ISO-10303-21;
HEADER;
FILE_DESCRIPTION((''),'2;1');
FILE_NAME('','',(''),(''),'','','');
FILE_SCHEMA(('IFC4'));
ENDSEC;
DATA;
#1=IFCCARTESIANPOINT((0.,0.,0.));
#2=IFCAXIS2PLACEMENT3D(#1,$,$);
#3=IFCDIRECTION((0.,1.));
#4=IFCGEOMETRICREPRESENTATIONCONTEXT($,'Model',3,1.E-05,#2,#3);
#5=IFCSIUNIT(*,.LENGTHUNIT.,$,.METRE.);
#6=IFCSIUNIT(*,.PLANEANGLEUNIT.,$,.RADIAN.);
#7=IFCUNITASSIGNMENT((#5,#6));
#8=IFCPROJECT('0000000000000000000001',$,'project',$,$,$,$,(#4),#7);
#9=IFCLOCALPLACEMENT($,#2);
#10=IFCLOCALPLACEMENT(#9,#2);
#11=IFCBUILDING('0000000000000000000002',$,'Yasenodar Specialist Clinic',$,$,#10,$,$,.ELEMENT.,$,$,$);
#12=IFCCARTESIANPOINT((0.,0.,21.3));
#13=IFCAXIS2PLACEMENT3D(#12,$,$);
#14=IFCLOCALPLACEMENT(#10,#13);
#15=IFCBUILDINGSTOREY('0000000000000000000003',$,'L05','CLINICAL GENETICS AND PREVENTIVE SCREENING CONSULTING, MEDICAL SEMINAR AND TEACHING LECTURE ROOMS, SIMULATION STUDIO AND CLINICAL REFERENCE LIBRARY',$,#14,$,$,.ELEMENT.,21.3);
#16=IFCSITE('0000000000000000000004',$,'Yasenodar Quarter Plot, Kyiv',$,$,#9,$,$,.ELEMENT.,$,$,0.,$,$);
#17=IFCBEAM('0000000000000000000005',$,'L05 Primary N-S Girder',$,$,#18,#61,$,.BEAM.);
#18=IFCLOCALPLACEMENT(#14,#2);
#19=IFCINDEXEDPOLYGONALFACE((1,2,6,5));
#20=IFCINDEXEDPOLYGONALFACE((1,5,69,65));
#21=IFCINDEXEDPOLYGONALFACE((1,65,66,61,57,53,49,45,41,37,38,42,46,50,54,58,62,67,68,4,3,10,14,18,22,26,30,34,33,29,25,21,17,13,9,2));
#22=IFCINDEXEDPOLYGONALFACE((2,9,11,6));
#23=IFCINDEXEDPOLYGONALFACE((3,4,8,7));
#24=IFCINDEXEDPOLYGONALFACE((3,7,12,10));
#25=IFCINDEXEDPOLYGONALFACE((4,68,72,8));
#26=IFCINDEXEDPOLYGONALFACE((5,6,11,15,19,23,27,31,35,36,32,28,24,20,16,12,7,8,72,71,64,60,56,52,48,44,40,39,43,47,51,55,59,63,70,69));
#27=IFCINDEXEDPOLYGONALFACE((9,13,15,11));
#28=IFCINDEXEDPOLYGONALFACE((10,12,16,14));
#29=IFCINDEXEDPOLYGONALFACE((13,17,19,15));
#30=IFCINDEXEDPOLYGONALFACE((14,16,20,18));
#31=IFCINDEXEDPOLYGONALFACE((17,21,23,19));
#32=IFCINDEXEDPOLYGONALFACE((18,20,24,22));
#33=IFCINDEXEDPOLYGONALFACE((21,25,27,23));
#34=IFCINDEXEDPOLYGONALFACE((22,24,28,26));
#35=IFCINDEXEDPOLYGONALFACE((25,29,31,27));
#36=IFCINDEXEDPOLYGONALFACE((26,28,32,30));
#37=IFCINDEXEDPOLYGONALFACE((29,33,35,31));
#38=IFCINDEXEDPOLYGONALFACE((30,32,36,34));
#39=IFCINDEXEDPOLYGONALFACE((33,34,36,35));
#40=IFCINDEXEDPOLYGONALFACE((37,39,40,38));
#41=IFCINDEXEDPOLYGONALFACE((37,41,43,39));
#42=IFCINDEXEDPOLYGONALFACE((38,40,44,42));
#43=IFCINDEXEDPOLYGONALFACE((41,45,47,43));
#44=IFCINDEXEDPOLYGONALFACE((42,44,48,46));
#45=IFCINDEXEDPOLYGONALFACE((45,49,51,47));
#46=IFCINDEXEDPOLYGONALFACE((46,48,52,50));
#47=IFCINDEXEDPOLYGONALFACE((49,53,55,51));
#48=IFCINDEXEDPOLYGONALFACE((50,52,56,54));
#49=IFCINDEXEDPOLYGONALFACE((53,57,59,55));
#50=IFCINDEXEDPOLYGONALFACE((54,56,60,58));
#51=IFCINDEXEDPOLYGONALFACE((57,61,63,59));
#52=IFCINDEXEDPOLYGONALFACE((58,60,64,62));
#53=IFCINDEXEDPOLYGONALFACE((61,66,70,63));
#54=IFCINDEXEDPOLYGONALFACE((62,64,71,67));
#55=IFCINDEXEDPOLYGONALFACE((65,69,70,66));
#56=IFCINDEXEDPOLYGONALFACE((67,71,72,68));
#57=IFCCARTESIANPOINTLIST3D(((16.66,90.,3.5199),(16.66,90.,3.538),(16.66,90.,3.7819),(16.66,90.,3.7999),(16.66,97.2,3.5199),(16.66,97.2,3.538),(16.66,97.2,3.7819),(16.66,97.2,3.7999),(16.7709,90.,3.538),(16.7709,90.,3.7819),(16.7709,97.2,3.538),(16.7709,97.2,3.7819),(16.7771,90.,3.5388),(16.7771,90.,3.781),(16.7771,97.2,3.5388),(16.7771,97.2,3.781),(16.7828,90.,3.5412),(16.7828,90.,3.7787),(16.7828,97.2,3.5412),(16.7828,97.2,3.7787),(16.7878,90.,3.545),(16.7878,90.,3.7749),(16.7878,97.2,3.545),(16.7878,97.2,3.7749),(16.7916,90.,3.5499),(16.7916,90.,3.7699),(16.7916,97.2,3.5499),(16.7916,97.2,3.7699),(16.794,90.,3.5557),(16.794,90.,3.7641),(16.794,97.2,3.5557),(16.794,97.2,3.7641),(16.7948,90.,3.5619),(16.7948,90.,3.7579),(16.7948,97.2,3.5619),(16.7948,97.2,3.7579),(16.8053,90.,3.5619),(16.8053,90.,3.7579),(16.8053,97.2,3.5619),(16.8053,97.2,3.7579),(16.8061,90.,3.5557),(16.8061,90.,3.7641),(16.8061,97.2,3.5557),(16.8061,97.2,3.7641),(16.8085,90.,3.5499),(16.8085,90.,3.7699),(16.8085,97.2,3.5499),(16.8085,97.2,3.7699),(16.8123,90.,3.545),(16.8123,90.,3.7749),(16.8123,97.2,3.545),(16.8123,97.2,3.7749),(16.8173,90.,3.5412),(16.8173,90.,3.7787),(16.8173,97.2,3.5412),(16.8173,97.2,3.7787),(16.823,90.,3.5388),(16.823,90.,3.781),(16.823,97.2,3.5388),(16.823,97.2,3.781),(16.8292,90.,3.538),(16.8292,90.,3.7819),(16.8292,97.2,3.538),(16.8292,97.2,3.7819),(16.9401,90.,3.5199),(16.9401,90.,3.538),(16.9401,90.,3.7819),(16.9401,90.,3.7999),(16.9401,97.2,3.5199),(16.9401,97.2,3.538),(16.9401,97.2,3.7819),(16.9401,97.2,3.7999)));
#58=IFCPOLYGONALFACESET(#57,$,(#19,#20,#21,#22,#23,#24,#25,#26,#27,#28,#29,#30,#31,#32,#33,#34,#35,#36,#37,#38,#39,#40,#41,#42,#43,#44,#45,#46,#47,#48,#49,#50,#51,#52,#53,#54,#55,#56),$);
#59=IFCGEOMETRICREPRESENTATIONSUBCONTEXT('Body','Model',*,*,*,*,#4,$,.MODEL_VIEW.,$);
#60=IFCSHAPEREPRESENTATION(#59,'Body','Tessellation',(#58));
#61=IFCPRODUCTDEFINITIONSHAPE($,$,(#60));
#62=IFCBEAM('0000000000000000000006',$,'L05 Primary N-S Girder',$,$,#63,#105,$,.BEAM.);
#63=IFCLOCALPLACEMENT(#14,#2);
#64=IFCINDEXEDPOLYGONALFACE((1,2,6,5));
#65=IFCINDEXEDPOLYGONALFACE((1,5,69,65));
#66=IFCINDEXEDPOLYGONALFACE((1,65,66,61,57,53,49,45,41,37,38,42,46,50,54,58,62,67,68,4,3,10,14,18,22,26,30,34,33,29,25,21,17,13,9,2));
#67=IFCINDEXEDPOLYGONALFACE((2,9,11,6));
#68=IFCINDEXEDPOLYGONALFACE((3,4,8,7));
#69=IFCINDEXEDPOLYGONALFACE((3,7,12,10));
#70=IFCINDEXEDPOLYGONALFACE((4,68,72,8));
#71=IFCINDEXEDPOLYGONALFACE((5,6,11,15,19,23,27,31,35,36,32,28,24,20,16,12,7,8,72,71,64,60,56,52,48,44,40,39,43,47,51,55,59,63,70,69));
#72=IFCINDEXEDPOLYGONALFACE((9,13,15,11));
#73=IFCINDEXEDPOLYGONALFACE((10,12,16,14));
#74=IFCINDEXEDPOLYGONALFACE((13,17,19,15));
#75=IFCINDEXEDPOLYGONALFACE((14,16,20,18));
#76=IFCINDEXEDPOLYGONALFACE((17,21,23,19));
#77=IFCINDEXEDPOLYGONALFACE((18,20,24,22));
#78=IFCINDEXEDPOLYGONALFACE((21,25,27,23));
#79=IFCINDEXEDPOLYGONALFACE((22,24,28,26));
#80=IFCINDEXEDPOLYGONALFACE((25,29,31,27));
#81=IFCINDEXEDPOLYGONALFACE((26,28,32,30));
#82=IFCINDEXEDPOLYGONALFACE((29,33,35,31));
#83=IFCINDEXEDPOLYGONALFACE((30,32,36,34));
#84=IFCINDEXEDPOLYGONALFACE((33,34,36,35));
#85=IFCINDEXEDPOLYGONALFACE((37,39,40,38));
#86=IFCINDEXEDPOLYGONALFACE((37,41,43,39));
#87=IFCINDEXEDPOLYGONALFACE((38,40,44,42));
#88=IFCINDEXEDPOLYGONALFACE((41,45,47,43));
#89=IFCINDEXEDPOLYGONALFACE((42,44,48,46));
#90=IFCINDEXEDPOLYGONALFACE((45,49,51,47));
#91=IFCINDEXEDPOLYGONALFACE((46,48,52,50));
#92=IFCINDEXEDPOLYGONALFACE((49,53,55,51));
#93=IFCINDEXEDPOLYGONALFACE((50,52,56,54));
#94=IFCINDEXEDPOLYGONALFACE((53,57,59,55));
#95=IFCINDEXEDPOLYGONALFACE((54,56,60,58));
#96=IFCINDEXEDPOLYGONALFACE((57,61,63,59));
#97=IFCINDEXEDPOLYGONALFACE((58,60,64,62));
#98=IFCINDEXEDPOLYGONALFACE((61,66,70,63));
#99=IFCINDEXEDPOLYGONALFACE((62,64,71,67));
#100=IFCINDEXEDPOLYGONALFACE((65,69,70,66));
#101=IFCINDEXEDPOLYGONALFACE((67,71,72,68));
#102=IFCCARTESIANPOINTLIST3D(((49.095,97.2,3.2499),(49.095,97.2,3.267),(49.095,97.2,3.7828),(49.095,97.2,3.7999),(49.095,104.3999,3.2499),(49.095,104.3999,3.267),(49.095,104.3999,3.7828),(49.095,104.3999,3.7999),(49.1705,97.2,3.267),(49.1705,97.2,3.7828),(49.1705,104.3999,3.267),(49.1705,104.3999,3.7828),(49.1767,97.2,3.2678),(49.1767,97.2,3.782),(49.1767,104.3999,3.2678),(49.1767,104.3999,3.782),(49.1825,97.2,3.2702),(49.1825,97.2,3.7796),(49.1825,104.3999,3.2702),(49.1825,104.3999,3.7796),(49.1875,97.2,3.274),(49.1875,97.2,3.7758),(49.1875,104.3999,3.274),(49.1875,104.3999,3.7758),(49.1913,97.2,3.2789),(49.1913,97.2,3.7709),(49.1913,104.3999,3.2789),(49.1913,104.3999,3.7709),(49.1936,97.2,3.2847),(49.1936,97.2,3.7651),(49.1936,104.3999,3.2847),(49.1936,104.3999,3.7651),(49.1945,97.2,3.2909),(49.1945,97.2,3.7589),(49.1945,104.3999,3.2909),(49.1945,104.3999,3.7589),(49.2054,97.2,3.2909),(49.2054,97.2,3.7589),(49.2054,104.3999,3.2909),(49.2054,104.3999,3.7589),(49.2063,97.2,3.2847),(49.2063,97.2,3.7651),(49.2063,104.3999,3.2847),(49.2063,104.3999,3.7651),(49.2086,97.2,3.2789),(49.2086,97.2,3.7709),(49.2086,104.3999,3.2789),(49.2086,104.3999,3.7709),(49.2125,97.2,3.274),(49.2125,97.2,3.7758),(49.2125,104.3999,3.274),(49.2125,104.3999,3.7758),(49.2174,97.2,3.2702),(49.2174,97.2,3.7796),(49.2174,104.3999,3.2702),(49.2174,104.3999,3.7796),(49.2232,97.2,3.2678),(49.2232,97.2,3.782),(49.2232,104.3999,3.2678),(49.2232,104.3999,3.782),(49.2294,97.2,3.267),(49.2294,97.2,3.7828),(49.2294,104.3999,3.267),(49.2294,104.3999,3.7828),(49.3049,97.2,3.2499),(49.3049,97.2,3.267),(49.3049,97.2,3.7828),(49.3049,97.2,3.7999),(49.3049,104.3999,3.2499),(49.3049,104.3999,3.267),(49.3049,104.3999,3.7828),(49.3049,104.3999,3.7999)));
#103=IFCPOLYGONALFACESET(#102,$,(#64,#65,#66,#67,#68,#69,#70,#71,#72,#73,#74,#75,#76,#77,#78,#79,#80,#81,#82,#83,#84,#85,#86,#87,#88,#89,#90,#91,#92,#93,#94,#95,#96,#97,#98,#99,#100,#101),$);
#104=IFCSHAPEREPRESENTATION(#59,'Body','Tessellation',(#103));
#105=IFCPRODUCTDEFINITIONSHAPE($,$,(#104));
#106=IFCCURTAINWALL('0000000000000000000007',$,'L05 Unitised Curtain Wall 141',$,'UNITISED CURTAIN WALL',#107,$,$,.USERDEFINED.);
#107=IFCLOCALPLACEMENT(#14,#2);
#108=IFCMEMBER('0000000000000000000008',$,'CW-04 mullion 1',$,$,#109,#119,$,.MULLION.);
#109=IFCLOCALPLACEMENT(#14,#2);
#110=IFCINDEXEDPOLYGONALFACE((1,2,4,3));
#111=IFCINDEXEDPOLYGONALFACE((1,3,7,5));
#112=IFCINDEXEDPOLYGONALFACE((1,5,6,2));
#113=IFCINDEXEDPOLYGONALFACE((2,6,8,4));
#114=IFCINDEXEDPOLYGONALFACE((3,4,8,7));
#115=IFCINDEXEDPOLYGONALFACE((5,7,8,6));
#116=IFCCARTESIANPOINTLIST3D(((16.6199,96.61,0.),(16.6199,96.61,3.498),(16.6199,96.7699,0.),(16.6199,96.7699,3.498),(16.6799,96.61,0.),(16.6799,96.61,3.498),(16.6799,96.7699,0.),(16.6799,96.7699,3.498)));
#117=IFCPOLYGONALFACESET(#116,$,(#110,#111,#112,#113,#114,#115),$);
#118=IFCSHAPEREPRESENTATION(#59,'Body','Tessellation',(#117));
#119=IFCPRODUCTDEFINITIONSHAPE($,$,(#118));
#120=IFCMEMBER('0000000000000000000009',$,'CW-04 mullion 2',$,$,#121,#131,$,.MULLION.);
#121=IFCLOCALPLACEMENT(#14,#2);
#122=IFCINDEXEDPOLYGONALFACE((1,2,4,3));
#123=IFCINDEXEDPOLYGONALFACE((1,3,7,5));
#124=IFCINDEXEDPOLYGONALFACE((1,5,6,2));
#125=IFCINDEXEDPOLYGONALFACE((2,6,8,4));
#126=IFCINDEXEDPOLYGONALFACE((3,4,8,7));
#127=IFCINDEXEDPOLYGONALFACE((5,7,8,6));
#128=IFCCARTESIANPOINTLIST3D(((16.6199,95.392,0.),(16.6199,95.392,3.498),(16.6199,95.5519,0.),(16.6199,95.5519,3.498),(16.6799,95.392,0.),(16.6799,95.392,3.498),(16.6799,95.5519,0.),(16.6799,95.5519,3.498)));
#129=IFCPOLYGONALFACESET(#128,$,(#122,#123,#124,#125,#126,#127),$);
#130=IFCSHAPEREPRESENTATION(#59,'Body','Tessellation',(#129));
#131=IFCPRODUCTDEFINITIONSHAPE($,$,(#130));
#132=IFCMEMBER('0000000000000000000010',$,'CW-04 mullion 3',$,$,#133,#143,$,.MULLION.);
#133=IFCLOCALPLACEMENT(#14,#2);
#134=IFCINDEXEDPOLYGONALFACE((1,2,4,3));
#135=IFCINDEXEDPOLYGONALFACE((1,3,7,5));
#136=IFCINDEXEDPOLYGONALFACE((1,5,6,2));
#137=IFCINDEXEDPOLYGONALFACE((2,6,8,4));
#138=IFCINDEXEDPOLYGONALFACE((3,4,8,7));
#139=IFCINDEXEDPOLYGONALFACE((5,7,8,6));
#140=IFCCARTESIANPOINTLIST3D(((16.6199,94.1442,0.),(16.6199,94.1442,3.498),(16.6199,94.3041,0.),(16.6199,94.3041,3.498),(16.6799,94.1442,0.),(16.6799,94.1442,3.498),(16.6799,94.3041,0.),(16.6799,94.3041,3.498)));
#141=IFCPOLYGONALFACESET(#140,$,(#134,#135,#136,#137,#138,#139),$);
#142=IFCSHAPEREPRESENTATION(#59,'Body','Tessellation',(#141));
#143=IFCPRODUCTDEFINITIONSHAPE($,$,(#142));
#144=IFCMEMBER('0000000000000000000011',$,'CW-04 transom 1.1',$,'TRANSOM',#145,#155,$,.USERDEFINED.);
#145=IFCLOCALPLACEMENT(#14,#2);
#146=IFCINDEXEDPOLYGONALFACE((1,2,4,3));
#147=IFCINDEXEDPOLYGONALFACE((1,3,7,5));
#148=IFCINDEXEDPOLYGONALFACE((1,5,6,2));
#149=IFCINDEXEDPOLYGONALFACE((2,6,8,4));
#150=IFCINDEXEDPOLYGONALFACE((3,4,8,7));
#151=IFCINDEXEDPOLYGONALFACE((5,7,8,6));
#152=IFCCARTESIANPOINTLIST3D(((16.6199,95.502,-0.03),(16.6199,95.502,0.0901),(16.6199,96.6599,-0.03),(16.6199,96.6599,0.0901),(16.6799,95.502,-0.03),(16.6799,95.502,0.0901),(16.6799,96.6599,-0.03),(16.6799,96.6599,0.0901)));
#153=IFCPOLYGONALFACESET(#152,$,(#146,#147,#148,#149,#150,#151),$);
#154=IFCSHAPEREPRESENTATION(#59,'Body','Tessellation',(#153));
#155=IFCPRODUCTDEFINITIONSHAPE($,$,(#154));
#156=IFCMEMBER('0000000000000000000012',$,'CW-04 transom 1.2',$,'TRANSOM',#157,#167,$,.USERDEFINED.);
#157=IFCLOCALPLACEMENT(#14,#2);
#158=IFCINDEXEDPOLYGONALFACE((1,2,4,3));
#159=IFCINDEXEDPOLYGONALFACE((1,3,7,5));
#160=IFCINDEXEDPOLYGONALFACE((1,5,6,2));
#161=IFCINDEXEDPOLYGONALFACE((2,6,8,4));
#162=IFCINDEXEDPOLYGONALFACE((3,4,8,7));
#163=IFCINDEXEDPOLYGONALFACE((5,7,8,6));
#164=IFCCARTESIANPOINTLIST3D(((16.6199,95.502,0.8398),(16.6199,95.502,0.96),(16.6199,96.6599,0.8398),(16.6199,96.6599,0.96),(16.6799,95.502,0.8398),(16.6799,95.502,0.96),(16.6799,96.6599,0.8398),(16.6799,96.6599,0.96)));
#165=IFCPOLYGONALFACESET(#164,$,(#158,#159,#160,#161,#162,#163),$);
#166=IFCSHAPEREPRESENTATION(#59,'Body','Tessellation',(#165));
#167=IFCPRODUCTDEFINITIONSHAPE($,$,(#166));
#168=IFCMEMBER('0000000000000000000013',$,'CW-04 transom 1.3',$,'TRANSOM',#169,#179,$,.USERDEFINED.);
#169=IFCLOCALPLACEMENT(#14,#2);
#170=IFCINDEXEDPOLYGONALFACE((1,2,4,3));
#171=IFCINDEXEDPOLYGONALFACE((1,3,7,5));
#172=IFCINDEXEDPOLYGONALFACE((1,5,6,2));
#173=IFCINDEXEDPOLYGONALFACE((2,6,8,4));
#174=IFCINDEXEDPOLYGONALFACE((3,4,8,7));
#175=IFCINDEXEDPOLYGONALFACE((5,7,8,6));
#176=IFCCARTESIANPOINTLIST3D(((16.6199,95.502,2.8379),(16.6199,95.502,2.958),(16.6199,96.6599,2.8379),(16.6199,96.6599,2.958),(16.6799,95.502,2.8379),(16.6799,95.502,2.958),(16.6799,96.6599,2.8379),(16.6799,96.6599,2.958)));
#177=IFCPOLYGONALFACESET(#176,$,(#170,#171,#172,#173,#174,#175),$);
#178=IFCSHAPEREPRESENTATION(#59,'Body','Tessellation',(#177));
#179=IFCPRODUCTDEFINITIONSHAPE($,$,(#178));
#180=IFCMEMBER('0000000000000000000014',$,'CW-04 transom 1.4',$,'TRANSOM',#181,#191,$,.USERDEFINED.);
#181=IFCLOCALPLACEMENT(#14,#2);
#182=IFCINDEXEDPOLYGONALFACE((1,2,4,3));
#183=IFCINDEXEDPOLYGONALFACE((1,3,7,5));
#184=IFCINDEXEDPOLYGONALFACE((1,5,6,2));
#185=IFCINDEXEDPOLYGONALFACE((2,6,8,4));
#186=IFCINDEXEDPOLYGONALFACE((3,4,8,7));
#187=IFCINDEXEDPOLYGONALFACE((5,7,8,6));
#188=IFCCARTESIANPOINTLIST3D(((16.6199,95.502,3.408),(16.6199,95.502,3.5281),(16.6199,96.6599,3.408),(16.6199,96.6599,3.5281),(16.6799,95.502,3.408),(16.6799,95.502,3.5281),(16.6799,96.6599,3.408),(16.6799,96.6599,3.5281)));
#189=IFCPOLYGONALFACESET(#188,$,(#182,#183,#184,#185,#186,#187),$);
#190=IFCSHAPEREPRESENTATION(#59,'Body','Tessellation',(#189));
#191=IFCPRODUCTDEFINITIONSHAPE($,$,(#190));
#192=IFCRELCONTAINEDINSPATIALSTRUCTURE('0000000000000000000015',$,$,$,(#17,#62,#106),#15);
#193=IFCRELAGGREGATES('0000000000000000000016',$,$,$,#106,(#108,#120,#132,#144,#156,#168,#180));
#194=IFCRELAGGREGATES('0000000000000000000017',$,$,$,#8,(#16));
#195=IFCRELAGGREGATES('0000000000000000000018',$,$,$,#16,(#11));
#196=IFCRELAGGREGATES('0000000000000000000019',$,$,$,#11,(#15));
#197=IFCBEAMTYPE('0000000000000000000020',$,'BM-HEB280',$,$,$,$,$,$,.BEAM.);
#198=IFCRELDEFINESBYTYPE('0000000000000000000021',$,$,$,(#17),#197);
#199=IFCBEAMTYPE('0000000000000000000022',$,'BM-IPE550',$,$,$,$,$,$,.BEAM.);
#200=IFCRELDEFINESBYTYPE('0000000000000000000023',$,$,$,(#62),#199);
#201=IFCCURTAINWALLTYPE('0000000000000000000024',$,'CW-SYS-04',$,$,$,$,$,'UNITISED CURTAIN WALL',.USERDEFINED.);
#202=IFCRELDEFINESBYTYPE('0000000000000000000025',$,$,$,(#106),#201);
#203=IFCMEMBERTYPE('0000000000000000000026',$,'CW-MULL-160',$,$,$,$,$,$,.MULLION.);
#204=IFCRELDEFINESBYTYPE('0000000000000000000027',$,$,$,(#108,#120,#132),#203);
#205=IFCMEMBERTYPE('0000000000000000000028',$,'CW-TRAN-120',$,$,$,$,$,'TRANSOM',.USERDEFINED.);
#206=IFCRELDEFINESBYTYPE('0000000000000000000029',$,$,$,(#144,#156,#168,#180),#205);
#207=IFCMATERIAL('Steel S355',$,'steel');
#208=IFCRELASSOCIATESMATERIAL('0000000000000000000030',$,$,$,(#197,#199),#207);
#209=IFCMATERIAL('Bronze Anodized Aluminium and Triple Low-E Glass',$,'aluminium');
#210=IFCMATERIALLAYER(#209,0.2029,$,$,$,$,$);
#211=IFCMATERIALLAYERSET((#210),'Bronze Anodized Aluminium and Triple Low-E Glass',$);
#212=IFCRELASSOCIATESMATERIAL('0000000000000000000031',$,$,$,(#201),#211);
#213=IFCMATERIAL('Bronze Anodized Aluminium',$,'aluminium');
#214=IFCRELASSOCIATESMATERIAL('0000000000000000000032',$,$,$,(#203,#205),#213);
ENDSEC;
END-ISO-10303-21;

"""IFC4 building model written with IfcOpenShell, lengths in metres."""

from ifc_helpers import new_model, si_unit, direction, frame, origin, origin_2d, place, context, subcontext, project, spatial, rectangle, i_section, extrude, material, layer, layer_set, material_profile, profile_set, type_object, element, aggregate, save


model = new_model("IFC4")

# Units and contexts
model_context = context("Model", 3, precision=1e-05, world=origin(), true_north=direction((0.0, 1.0)))
body_context = subcontext(model_context, "Body", "Model", "MODEL_VIEW")
ifc_project = project(units=[si_unit("LENGTHUNIT", "METRE"), si_unit("PLANEANGLEUNIT", "RADIAN")], contexts=[model_context])

# Site, building, storey
site_placement = place(None, origin())
site = spatial("IfcSite", under=ifc_project, at=site_placement, Name="Yasenodar Quarter Plot, Kyiv", CompositionType="ELEMENT", RefElevation=0.0)
building_placement = place(site_placement, origin())
building = spatial("IfcBuilding", under=site, at=building_placement, Name="Yasenodar Specialist Clinic", CompositionType="ELEMENT")
storey_placement = place(building_placement, frame((0.0, 0.0, 21.3)))
storey = spatial("IfcBuildingStorey", under=building, at=storey_placement, Name="L05", Description="CLINICAL GENETICS AND PREVENTIVE SCREENING CONSULTING, MEDICAL SEMINAR AND TEACHING LECTURE ROOMS, SIMULATION STUDIO AND CLINICAL REFERENCE LIBRARY", CompositionType="ELEMENT", Elevation=21.3)

# Shared definitions
ifc_material_1 = material(Name="Steel S355", Category="steel")

# Beams
ifc_material_profile_1 = material_profile(ifc_material_1, i_section(OverallWidth=0.28, OverallDepth=0.28, WebThickness=0.0105, FlangeThickness=0.0181, FilletRadius=0.0239, at=origin_2d()), Name="HEB 280")
ifc_profile_set_1 = profile_set([ifc_material_profile_1], Name="Steel S355")
beam_type_1 = type_object("IfcBeamType", Name="BM-HEB280", PredefinedType="BEAM", material=ifc_profile_set_1)
beam_1_placement = place(storey_placement, frame((16.8, 90.0, 3.6599), z_axis=(0.0, 1.0, 0.0), x_axis=(-1.0, 0.0, 0.0)))
element("IfcBeam", 1, at=beam_1_placement, inside=storey, type_object=beam_type_1, Name="L05 Primary N-S Girder", PredefinedType="BEAM", context=body_context, shape_type="SweptSolid", body=[
    extrude(i_section(OverallWidth=0.28, OverallDepth=0.28, WebThickness=0.0105, FlangeThickness=0.0181, FilletRadius=0.0239, at=origin_2d()), origin(), (0.0, 0.0, 1.0), 7.2),
])
ifc_material_profile_2 = material_profile(ifc_material_1, i_section(OverallWidth=0.21, OverallDepth=0.55, WebThickness=0.011, FlangeThickness=0.0171, FilletRadius=0.0239, at=origin_2d()), Name="IPE 550")
ifc_profile_set_2 = profile_set([ifc_material_profile_2], Name="Steel S355")
beam_type_2 = type_object("IfcBeamType", Name="BM-IPE550", PredefinedType="BEAM", material=ifc_profile_set_2)
beam_2_placement = place(storey_placement, frame((49.2, 97.2, 3.5249), z_axis=(0.0, 1.0, 0.0), x_axis=(-1.0, 0.0, 0.0)))
element("IfcBeam", 2, at=beam_2_placement, inside=storey, type_object=beam_type_2, Name="L05 Primary N-S Girder", PredefinedType="BEAM", context=body_context, shape_type="SweptSolid", body=[
    extrude(i_section(OverallWidth=0.21, OverallDepth=0.55, WebThickness=0.011, FlangeThickness=0.0171, FilletRadius=0.0239, at=origin_2d()), origin(), (0.0, 0.0, 1.0), 7.2),
])

# Curtain wall, members
ifc_material_2 = material(Name="Bronze Anodized Aluminium and Triple Low-E Glass", Category="aluminium")
ifc_layer_1 = layer(ifc_material_2, 0.2029)
ifc_layer_set_1 = layer_set([ifc_layer_1], Name="Bronze Anodized Aluminium and Triple Low-E Glass")
curtain_wall_type = type_object("IfcCurtainWallType", Name="CW-SYS-04", ElementType="UNITISED CURTAIN WALL", PredefinedType="USERDEFINED", material=ifc_layer_set_1)
curtain_wall_placement = place(storey_placement, origin())
curtain_wall = element("IfcCurtainWall", 3, at=curtain_wall_placement, inside=storey, type_object=curtain_wall_type, Name="L05 Unitised Curtain Wall 141", ObjectType="UNITISED CURTAIN WALL", PredefinedType="USERDEFINED")
ifc_material_3 = material(Name="Bronze Anodized Aluminium", Category="aluminium")
ifc_material_profile_3 = material_profile(ifc_material_3, rectangle(XDim=0.0601, YDim=0.1599, at=origin_2d()), Name="CW-MULL 60x160")
ifc_profile_set_3 = profile_set([ifc_material_profile_3], Name="Bronze Anodized Aluminium")
member_type_1 = type_object("IfcMemberType", Name="CW-MULL-160", PredefinedType="MULLION", material=ifc_profile_set_3)
member_1_placement = place(storey_placement, frame((16.6499, 96.6899, 0.0), z_axis=(0.0, 0.0, 1.0), x_axis=(1.0, 0.0, 0.0)))
member_1 = element("IfcMember", 4, at=member_1_placement, type_object=member_type_1, Name="CW-04 mullion 1", PredefinedType="MULLION", context=body_context, shape_type="SweptSolid", body=[
    extrude(rectangle(XDim=0.0601, YDim=0.1599, at=origin_2d()), origin(), (0.0, 0.0, 1.0), 3.498),
])
member_2_placement = place(storey_placement, frame((16.6499, 95.4719, 0.0), z_axis=(0.0, 0.0, 1.0), x_axis=(1.0, 0.0, 0.0)))
member_2 = element("IfcMember", 5, at=member_2_placement, type_object=member_type_1, Name="CW-04 mullion 2", PredefinedType="MULLION", context=body_context, shape_type="SweptSolid", body=[
    extrude(rectangle(XDim=0.0601, YDim=0.1599, at=origin_2d()), origin(), (0.0, 0.0, 1.0), 3.498),
])
member_3_placement = place(storey_placement, frame((16.6499, 94.2241, 0.0), z_axis=(0.0, 0.0, 1.0), x_axis=(1.0, 0.0, 0.0)))
member_3 = element("IfcMember", 6, at=member_3_placement, type_object=member_type_1, Name="CW-04 mullion 3", PredefinedType="MULLION", context=body_context, shape_type="SweptSolid", body=[
    extrude(rectangle(XDim=0.0601, YDim=0.1599, at=origin_2d()), origin(), (0.0, 0.0, 1.0), 3.498),
])
ifc_material_profile_4 = material_profile(ifc_material_3, rectangle(XDim=0.0601, YDim=0.1201, at=origin_2d()), Name="CW-TRAN 60x120")
ifc_profile_set_4 = profile_set([ifc_material_profile_4], Name="Bronze Anodized Aluminium")
member_type_2 = type_object("IfcMemberType", Name="CW-TRAN-120", ElementType="TRANSOM", PredefinedType="USERDEFINED", material=ifc_profile_set_4)
member_4_placement = place(storey_placement, frame((16.6499, 96.6599, 0.03), z_axis=(0.0, -1.0, 0.0), x_axis=(1.0, 0.0, 0.0)))
member_4 = element("IfcMember", 7, at=member_4_placement, type_object=member_type_2, Name="CW-04 transom 1.1", ObjectType="TRANSOM", PredefinedType="USERDEFINED", context=body_context, shape_type="SweptSolid", body=[
    extrude(rectangle(XDim=0.0601, YDim=0.1201, at=origin_2d()), origin(), (0.0, 0.0, 1.0), 1.158),
])
member_5_placement = place(storey_placement, frame((16.6499, 96.6599, 0.8999), z_axis=(0.0, -1.0, 0.0), x_axis=(1.0, 0.0, 0.0)))
member_5 = element("IfcMember", 8, at=member_5_placement, type_object=member_type_2, Name="CW-04 transom 1.2", ObjectType="TRANSOM", PredefinedType="USERDEFINED", context=body_context, shape_type="SweptSolid", body=[
    extrude(rectangle(XDim=0.0601, YDim=0.1201, at=origin_2d()), origin(), (0.0, 0.0, 1.0), 1.158),
])
member_6_placement = place(storey_placement, frame((16.6499, 96.6599, 2.8979), z_axis=(0.0, -1.0, 0.0), x_axis=(1.0, 0.0, 0.0)))
member_6 = element("IfcMember", 9, at=member_6_placement, type_object=member_type_2, Name="CW-04 transom 1.3", ObjectType="TRANSOM", PredefinedType="USERDEFINED", context=body_context, shape_type="SweptSolid", body=[
    extrude(rectangle(XDim=0.0601, YDim=0.1201, at=origin_2d()), origin(), (0.0, 0.0, 1.0), 1.158),
])
member_7_placement = place(storey_placement, frame((16.6499, 96.6599, 3.468), z_axis=(0.0, -1.0, 0.0), x_axis=(1.0, 0.0, 0.0)))
member_7 = element("IfcMember", 10, at=member_7_placement, type_object=member_type_2, Name="CW-04 transom 1.4", ObjectType="TRANSOM", PredefinedType="USERDEFINED", context=body_context, shape_type="SweptSolid", body=[
    extrude(rectangle(XDim=0.0601, YDim=0.1201, at=origin_2d()), origin(), (0.0, 0.0, 1.0), 1.158),
])
aggregate(curtain_wall, [member_1, member_2, member_3, member_4, member_5, member_6, member_7])

save(model, "model.ifc")
